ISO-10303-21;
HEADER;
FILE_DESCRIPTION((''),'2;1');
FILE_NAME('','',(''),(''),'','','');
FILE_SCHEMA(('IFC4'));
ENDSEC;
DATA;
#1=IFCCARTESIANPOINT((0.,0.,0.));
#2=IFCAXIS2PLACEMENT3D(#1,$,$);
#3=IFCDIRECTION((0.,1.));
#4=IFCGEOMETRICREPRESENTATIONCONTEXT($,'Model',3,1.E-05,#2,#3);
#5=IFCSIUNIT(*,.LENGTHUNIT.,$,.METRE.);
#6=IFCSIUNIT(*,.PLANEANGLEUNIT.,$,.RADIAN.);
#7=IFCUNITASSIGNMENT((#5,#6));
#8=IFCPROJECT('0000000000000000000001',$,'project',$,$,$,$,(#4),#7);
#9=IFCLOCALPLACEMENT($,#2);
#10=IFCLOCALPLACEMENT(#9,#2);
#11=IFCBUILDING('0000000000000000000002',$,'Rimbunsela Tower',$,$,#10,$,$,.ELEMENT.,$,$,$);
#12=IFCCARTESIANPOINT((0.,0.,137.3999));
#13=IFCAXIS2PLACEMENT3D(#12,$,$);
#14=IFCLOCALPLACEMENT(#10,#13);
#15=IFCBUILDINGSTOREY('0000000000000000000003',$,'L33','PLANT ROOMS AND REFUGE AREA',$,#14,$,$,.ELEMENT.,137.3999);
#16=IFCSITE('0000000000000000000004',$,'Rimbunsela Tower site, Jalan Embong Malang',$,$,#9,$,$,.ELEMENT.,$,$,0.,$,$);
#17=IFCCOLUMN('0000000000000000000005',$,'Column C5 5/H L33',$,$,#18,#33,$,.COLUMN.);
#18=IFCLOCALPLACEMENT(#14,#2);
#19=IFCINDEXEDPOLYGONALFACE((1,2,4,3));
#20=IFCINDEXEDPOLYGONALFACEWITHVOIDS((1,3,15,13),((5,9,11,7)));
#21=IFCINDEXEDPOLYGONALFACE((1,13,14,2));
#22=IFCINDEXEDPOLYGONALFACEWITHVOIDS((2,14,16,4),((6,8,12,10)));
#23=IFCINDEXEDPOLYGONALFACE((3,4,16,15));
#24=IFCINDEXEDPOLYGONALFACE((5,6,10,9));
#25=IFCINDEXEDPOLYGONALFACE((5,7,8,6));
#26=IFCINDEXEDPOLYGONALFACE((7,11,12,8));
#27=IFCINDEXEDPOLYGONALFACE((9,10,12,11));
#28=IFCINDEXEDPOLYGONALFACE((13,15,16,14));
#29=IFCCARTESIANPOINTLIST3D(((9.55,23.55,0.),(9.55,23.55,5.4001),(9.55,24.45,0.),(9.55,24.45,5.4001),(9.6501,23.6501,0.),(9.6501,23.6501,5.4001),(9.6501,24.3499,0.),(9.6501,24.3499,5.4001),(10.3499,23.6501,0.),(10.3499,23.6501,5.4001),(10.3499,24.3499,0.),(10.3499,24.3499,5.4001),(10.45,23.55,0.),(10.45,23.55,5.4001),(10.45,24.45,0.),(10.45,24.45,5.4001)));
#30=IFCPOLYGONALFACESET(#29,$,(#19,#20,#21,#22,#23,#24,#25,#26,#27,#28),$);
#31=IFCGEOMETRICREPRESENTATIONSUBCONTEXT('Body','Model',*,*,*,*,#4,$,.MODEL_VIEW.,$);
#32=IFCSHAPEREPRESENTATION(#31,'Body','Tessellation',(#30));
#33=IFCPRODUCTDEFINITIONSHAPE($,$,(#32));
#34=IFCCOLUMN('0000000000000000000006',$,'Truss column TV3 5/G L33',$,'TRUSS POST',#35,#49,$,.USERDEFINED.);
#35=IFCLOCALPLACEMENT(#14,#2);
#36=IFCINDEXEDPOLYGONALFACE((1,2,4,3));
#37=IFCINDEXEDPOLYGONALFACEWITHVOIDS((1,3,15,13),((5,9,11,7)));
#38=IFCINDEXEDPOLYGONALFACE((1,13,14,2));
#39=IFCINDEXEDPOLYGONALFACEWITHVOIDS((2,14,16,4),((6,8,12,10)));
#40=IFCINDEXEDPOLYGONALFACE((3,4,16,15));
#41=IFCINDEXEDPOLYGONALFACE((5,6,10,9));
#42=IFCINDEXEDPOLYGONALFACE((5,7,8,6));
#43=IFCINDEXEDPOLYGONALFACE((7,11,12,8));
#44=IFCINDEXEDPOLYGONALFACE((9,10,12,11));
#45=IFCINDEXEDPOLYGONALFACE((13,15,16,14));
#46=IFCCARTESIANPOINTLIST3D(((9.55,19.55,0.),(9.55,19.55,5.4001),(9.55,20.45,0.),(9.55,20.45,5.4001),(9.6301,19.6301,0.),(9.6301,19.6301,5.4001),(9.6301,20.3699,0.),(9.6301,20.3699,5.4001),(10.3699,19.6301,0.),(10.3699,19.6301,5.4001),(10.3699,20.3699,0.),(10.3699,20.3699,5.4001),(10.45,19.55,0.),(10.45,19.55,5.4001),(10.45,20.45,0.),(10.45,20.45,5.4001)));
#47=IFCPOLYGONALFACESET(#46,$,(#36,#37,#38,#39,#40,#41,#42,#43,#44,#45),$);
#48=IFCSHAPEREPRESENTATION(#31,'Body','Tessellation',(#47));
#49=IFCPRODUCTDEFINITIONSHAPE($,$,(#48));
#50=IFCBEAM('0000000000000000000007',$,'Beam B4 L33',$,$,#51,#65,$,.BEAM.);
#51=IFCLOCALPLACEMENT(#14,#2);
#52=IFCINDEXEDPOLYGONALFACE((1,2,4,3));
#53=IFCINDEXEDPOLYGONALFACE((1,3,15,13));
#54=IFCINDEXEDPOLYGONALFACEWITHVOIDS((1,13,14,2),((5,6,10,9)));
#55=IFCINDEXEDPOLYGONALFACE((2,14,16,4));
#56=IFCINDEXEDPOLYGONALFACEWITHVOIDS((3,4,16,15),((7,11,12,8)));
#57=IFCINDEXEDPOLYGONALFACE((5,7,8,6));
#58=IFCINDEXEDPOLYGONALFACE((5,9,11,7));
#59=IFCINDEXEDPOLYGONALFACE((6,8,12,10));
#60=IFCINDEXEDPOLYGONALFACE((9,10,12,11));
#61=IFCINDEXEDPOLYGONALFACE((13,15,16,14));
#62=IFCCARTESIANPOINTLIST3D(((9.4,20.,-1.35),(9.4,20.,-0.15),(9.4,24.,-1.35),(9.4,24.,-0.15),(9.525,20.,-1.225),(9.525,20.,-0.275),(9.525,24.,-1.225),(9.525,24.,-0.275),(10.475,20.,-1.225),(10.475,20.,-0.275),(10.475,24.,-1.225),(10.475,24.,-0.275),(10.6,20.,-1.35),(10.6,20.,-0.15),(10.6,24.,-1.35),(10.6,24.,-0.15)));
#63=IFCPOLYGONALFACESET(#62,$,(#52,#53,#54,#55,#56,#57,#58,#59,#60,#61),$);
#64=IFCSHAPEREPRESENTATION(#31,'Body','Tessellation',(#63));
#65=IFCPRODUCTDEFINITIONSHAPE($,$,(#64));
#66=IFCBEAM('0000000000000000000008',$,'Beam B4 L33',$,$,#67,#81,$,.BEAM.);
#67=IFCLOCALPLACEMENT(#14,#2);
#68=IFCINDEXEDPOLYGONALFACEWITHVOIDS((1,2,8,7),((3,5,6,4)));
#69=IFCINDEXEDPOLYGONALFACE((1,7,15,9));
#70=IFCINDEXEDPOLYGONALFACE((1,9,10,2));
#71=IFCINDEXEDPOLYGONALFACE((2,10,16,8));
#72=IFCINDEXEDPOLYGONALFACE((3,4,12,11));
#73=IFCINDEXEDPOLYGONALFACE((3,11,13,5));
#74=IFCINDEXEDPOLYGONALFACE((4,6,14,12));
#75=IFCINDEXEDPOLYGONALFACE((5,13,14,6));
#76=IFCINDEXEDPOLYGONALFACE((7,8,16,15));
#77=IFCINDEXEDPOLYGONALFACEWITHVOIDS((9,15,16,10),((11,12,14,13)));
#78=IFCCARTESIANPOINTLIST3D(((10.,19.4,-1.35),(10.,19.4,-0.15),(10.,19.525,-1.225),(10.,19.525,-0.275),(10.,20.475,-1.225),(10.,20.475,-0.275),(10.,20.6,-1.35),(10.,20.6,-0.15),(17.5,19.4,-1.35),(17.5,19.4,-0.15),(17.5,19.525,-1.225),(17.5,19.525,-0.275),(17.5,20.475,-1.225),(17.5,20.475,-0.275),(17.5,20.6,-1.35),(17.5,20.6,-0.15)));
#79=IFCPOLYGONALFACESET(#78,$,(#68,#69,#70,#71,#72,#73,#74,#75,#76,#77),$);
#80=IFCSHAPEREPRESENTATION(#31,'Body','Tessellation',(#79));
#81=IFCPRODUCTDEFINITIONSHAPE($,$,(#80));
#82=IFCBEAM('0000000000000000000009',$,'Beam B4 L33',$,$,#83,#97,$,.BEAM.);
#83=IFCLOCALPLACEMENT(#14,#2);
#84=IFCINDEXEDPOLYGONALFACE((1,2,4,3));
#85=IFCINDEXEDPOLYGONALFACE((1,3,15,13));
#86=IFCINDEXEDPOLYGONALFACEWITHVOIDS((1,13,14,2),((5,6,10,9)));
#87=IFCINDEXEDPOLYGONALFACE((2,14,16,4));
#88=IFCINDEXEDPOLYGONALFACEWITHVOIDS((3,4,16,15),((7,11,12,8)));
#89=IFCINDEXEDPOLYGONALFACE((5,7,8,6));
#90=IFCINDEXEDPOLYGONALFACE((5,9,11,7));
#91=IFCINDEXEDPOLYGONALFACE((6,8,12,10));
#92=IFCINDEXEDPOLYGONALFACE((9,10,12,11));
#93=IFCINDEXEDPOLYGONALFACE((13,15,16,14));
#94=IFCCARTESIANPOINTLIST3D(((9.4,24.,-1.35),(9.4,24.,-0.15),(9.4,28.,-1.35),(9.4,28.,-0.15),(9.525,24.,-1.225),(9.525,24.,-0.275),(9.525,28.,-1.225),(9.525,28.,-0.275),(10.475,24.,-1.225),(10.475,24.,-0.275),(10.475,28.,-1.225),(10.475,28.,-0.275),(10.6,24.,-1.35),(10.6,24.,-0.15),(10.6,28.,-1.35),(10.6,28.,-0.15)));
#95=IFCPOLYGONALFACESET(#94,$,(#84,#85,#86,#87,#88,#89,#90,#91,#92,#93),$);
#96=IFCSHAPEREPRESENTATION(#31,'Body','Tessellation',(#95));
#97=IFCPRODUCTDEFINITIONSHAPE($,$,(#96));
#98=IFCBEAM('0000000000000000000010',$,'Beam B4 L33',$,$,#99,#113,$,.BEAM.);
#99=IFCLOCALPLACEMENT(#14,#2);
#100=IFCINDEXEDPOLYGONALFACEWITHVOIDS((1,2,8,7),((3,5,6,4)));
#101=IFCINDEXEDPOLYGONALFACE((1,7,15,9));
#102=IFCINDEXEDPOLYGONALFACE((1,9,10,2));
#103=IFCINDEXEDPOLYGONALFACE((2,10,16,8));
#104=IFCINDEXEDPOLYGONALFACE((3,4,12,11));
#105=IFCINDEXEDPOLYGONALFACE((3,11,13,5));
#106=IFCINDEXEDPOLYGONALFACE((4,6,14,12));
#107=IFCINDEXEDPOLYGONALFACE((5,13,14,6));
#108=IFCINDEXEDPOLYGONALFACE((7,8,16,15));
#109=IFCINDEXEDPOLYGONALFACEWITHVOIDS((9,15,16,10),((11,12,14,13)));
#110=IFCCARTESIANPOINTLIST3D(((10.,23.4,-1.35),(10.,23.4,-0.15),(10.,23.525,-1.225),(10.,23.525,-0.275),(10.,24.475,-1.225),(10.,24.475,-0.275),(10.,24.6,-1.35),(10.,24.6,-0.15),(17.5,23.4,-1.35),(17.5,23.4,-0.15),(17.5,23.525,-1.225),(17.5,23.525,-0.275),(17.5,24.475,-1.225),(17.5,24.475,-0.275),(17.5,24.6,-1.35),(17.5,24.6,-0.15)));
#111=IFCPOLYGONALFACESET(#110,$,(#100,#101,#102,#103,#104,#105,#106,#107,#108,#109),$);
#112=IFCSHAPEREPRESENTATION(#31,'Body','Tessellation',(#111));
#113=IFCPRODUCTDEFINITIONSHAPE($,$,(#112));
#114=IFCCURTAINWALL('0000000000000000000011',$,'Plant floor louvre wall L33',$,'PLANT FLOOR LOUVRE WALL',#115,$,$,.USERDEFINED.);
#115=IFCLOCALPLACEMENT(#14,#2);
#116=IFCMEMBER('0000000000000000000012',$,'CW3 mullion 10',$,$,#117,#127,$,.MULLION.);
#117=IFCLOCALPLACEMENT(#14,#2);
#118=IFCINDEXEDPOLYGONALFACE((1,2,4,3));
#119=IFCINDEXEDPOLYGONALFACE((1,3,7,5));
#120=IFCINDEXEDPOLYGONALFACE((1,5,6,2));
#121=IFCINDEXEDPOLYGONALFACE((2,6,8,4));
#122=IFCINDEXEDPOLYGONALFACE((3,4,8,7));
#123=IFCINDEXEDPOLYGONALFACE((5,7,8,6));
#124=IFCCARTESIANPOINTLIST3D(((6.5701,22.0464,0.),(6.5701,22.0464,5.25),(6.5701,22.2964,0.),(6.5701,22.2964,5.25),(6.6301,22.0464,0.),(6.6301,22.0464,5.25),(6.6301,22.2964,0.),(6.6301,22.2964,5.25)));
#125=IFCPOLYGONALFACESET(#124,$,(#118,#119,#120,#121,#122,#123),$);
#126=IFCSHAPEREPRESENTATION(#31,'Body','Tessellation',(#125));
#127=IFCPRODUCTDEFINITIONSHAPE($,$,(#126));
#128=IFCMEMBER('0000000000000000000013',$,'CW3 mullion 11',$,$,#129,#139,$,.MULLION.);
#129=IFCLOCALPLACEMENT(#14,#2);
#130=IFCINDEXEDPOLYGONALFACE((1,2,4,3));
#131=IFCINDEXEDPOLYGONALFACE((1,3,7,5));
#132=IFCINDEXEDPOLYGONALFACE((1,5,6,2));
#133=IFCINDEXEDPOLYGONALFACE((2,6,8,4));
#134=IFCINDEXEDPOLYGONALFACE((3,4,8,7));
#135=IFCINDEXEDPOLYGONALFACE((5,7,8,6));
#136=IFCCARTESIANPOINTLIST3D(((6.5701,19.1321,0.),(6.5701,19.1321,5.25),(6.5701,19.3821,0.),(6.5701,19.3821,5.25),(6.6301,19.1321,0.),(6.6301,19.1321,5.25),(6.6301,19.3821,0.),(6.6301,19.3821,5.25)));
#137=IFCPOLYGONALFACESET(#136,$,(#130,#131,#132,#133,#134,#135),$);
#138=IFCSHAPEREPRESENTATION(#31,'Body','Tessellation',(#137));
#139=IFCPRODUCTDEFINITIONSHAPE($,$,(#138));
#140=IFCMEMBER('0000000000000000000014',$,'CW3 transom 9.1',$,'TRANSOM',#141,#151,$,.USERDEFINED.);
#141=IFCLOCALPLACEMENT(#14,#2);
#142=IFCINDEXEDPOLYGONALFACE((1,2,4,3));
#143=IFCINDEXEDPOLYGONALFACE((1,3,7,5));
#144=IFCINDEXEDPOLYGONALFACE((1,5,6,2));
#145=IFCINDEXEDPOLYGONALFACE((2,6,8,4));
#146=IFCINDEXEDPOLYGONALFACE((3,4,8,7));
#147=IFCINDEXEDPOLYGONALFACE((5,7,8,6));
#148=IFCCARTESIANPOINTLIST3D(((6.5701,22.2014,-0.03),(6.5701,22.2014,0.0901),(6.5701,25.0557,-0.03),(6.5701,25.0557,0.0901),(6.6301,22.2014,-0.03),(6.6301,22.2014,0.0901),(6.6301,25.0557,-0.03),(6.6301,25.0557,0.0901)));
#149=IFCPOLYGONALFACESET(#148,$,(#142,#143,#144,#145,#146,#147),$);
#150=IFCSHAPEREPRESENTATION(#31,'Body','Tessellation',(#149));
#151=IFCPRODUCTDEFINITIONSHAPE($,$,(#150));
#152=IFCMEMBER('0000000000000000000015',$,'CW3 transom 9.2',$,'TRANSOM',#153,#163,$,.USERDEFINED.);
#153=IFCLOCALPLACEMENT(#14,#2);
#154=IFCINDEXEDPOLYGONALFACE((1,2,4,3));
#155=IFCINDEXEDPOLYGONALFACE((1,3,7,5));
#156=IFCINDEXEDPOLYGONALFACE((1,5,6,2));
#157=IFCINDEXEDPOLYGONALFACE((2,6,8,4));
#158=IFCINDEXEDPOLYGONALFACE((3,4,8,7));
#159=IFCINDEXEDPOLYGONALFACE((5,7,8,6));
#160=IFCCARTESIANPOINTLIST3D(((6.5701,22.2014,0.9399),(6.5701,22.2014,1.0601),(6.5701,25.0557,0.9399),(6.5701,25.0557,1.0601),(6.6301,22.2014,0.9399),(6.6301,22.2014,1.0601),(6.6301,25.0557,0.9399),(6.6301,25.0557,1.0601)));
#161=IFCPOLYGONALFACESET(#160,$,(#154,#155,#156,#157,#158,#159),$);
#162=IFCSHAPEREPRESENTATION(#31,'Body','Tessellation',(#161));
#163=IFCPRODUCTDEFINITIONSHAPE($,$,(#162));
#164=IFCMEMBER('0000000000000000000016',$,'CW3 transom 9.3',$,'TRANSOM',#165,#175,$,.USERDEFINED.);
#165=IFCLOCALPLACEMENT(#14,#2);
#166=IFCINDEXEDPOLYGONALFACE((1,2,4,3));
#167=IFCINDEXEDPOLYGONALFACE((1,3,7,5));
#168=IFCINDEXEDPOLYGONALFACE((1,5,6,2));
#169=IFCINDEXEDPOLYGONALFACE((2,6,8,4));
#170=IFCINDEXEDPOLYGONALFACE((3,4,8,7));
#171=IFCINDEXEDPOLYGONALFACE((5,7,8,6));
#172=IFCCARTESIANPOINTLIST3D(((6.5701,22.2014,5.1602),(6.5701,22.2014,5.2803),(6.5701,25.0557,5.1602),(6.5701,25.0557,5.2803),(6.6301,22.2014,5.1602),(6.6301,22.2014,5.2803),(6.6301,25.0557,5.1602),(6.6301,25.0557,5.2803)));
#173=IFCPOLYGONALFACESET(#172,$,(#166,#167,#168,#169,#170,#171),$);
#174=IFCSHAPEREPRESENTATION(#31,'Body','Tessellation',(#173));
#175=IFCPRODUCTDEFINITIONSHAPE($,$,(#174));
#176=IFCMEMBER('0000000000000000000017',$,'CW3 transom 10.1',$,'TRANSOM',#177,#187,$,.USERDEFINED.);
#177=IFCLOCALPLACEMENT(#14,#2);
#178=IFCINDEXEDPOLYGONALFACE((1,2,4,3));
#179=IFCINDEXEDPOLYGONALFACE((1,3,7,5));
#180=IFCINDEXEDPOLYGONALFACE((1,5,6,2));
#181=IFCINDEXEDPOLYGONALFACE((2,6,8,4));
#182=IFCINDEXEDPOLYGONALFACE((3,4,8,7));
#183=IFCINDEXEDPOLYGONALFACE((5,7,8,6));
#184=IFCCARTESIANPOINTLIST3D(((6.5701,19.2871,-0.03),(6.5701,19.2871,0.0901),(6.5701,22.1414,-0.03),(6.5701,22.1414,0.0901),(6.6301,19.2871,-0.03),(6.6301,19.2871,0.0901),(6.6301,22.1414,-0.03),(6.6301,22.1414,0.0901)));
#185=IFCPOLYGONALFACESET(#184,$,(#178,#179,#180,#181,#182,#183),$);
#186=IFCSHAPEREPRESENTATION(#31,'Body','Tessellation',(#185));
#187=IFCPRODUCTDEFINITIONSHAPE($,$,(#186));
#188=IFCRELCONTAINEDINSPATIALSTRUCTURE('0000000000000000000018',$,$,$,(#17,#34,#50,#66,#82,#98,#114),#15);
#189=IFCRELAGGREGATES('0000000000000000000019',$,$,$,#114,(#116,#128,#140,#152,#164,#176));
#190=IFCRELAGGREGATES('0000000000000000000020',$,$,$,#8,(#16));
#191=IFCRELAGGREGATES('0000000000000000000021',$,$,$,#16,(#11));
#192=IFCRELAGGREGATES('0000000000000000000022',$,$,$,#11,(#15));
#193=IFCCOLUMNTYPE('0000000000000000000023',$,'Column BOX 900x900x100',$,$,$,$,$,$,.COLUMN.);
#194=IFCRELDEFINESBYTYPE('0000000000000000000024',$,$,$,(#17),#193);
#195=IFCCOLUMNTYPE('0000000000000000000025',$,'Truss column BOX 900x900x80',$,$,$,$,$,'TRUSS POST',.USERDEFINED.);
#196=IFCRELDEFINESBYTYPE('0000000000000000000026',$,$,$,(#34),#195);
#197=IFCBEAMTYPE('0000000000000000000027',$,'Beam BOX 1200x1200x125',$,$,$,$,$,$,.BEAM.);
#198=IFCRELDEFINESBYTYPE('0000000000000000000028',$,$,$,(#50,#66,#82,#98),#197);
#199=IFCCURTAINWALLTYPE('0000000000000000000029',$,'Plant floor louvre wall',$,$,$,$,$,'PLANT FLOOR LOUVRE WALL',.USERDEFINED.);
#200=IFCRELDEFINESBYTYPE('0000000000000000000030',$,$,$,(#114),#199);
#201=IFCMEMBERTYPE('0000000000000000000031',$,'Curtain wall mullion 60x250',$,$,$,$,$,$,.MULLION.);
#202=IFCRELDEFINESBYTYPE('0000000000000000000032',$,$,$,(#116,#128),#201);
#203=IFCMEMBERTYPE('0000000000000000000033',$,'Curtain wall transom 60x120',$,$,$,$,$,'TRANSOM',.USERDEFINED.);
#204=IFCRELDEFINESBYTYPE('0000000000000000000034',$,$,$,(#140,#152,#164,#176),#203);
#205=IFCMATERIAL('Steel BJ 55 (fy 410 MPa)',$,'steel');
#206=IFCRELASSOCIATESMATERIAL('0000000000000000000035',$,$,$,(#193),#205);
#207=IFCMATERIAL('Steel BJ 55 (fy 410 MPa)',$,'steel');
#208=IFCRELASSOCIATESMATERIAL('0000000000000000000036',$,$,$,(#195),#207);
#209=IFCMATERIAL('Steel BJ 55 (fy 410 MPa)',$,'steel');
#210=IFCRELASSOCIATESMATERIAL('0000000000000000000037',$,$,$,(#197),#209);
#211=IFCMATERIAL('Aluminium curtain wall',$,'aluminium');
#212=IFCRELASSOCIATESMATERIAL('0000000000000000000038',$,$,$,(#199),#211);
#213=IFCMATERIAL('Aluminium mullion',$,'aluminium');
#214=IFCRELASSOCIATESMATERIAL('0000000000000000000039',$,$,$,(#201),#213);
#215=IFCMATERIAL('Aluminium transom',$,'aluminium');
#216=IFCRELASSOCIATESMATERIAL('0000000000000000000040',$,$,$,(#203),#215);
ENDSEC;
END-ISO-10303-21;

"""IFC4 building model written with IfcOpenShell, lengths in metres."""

from ifc_helpers import new_model, si_unit, direction, frame, origin, origin_2d, place, context, subcontext, project, spatial, rectangle, hollow_rectangle, extrude, material, material_profile, profile_set, type_object, element, aggregate, save


model = new_model("IFC4")

# Units and contexts
model_context = context("Model", 3, precision=1e-05, world=origin(), true_north=direction((0.0, 1.0)))
body_context = subcontext(model_context, "Body", "Model", "MODEL_VIEW")
ifc_project = project(units=[si_unit("LENGTHUNIT", "METRE"), si_unit("PLANEANGLEUNIT", "RADIAN")], contexts=[model_context])

# Site, building, storey
site_placement = place(None, origin())
site = spatial("IfcSite", under=ifc_project, at=site_placement, Name="Rimbunsela Tower site, Jalan Embong Malang", CompositionType="ELEMENT", RefElevation=0.0)
building_placement = place(site_placement, origin())
building = spatial("IfcBuilding", under=site, at=building_placement, Name="Rimbunsela Tower", CompositionType="ELEMENT")
storey_placement = place(building_placement, frame((0.0, 0.0, 137.3999)))
storey = spatial("IfcBuildingStorey", under=building, at=storey_placement, Name="L33", Description="PLANT ROOMS AND REFUGE AREA", CompositionType="ELEMENT", Elevation=137.3999)

# Columns
ifc_material_1 = material(Name="Steel BJ 55 (fy 410 MPa)", Category="steel")
ifc_material_profile_1 = material_profile(ifc_material_1, hollow_rectangle(XDim=0.8999, YDim=0.8999, WallThickness=0.1001, at=origin_2d()), Name="BOX 900x900x100")
ifc_profile_set_1 = profile_set([ifc_material_profile_1], Name="Steel BJ 55 (fy 410 MPa)")
column_type_1 = type_object("IfcColumnType", Name="Column BOX 900x900x100", PredefinedType="COLUMN", material=ifc_profile_set_1)
column_1_placement = place(storey_placement, frame((10.0, 24.0, 0.0), z_axis=(0.0, 0.0, 1.0), x_axis=(1.0, 0.0, 0.0)))
element("IfcColumn", 1, at=column_1_placement, inside=storey, type_object=column_type_1, Name="Column C5 5/H L33", PredefinedType="COLUMN", context=body_context, shape_type="SweptSolid", body=[
    extrude(hollow_rectangle(XDim=0.8999, YDim=0.8999, WallThickness=0.1001, at=origin_2d()), origin(), (0.0, 0.0, 1.0), 5.4001),
])
ifc_material_2 = material(Name="Steel BJ 55 (fy 410 MPa)", Category="steel")
ifc_material_profile_2 = material_profile(ifc_material_2, hollow_rectangle(XDim=0.8999, YDim=0.8999, WallThickness=0.0801, at=origin_2d()), Name="BOX 900x900x80")
ifc_profile_set_2 = profile_set([ifc_material_profile_2], Name="Steel BJ 55 (fy 410 MPa)")
column_type_2 = type_object("IfcColumnType", Name="Truss column BOX 900x900x80", ElementType="TRUSS POST", PredefinedType="USERDEFINED", material=ifc_profile_set_2)
column_2_placement = place(storey_placement, frame((10.0, 20.0, 0.0), z_axis=(0.0, 0.0, 1.0), x_axis=(1.0, 0.0, 0.0)))
element("IfcColumn", 2, at=column_2_placement, inside=storey, type_object=column_type_2, Name="Truss column TV3 5/G L33", ObjectType="TRUSS POST", PredefinedType="USERDEFINED", context=body_context, shape_type="SweptSolid", body=[
    extrude(hollow_rectangle(XDim=0.8999, YDim=0.8999, WallThickness=0.0801, at=origin_2d()), origin(), (0.0, 0.0, 1.0), 5.4001),
])

# Beams
ifc_material_3 = material(Name="Steel BJ 55 (fy 410 MPa)", Category="steel")
ifc_material_profile_3 = material_profile(ifc_material_3, hollow_rectangle(XDim=1.2, YDim=1.2, WallThickness=0.125, at=origin_2d()), Name="BOX 1200x1200x125")
ifc_profile_set_3 = profile_set([ifc_material_profile_3], Name="Steel BJ 55 (fy 410 MPa)")
beam_type_1 = type_object("IfcBeamType", Name="Beam BOX 1200x1200x125", PredefinedType="BEAM", material=ifc_profile_set_3)
beam_1_placement = place(storey_placement, frame((10.0, 20.0, -0.75), z_axis=(0.0, 1.0, 0.0), x_axis=(-1.0, 0.0, 0.0)))
element("IfcBeam", 3, at=beam_1_placement, inside=storey, type_object=beam_type_1, Name="Beam B4 L33", PredefinedType="BEAM", context=body_context, shape_type="SweptSolid", body=[
    extrude(hollow_rectangle(XDim=1.2, YDim=1.2, WallThickness=0.125, at=origin_2d()), origin(), (0.0, 0.0, 1.0), 4.0),
])
beam_2_placement = place(storey_placement, frame((10.0, 20.0, -0.75), z_axis=(1.0, 0.0, 0.0), x_axis=(0.0, 1.0, 0.0)))
element("IfcBeam", 4, at=beam_2_placement, inside=storey, type_object=beam_type_1, Name="Beam B4 L33", PredefinedType="BEAM", context=body_context, shape_type="SweptSolid", body=[
    extrude(hollow_rectangle(XDim=1.2, YDim=1.2, WallThickness=0.125, at=origin_2d()), origin(), (0.0, 0.0, 1.0), 7.5),
])
beam_3_placement = place(storey_placement, frame((10.0, 24.0, -0.75), z_axis=(0.0, 1.0, 0.0), x_axis=(-1.0, 0.0, 0.0)))
element("IfcBeam", 5, at=beam_3_placement, inside=storey, type_object=beam_type_1, Name="Beam B4 L33", PredefinedType="BEAM", context=body_context, shape_type="SweptSolid", body=[
    extrude(hollow_rectangle(XDim=1.2, YDim=1.2, WallThickness=0.125, at=origin_2d()), origin(), (0.0, 0.0, 1.0), 4.0),
])
beam_4_placement = place(storey_placement, frame((10.0, 24.0, -0.75), z_axis=(1.0, 0.0, 0.0), x_axis=(0.0, 1.0, 0.0)))
element("IfcBeam", 6, at=beam_4_placement, inside=storey, type_object=beam_type_1, Name="Beam B4 L33", PredefinedType="BEAM", context=body_context, shape_type="SweptSolid", body=[
    extrude(hollow_rectangle(XDim=1.2, YDim=1.2, WallThickness=0.125, at=origin_2d()), origin(), (0.0, 0.0, 1.0), 7.5),
])

# Curtain wall, members
ifc_material_4 = material(Name="Aluminium curtain wall", Category="aluminium")
curtain_wall_type = type_object("IfcCurtainWallType", Name="Plant floor louvre wall", ElementType="PLANT FLOOR LOUVRE WALL", PredefinedType="USERDEFINED", material=ifc_material_4)
curtain_wall_placement = place(storey_placement, origin())
curtain_wall = element("IfcCurtainWall", 7, at=curtain_wall_placement, inside=storey, type_object=curtain_wall_type, Name="Plant floor louvre wall L33", ObjectType="PLANT FLOOR LOUVRE WALL", PredefinedType="USERDEFINED")
ifc_material_5 = material(Name="Aluminium mullion", Category="aluminium")
ifc_material_profile_4 = material_profile(ifc_material_5, rectangle(XDim=0.0601, YDim=0.25, at=origin_2d()), Name="Mullion 60x250")
ifc_profile_set_4 = profile_set([ifc_material_profile_4], Name="Aluminium mullion")
member_type_1 = type_object("IfcMemberType", Name="Curtain wall mullion 60x250", PredefinedType="MULLION", material=ifc_profile_set_4)
member_1_placement = place(storey_placement, frame((6.6001, 22.1714, 0.0), z_axis=(0.0, 0.0, 1.0), x_axis=(1.0, 0.0, 0.0)))
member_1 = element("IfcMember", 8, at=member_1_placement, type_object=member_type_1, Name="CW3 mullion 10", PredefinedType="MULLION", context=body_context, shape_type="SweptSolid", body=[
    extrude(rectangle(XDim=0.0601, YDim=0.25, at=origin_2d()), origin(), (0.0, 0.0, 1.0), 5.25),
])
member_2_placement = place(storey_placement, frame((6.6001, 19.2571, 0.0), z_axis=(0.0, 0.0, 1.0), x_axis=(1.0, 0.0, 0.0)))
member_2 = element("IfcMember", 9, at=member_2_placement, type_object=member_type_1, Name="CW3 mullion 11", PredefinedType="MULLION", context=body_context, shape_type="SweptSolid", body=[
    extrude(rectangle(XDim=0.0601, YDim=0.25, at=origin_2d()), origin(), (0.0, 0.0, 1.0), 5.25),
])
ifc_material_6 = material(Name="Aluminium transom", Category="aluminium")
ifc_material_profile_5 = material_profile(ifc_material_6, rectangle(XDim=0.0601, YDim=0.1201, at=origin_2d()), Name="Transom 60x120")
ifc_profile_set_5 = profile_set([ifc_material_profile_5], Name="Aluminium transom")
member_type_2 = type_object("IfcMemberType", Name="Curtain wall transom 60x120", ElementType="TRANSOM", PredefinedType="USERDEFINED", material=ifc_profile_set_5)
member_3_placement = place(storey_placement, frame((6.6001, 25.0557, 0.03), z_axis=(0.0, -1.0, 0.0), x_axis=(1.0, 0.0, 0.0)))
member_3 = element("IfcMember", 10, at=member_3_placement, type_object=member_type_2, Name="CW3 transom 9.1", ObjectType="TRANSOM", PredefinedType="USERDEFINED", context=body_context, shape_type="SweptSolid", body=[
    extrude(rectangle(XDim=0.0601, YDim=0.1201, at=origin_2d()), origin(), (0.0, 0.0, 1.0), 2.8542),
])
member_4_placement = place(storey_placement, frame((6.6001, 25.0557, 1.0), z_axis=(0.0, -1.0, 0.0), x_axis=(1.0, 0.0, 0.0)))
member_4 = element("IfcMember", 11, at=member_4_placement, type_object=member_type_2, Name="CW3 transom 9.2", ObjectType="TRANSOM", PredefinedType="USERDEFINED", context=body_context, shape_type="SweptSolid", body=[
    extrude(rectangle(XDim=0.0601, YDim=0.1201, at=origin_2d()), origin(), (0.0, 0.0, 1.0), 2.8542),
])
member_5_placement = place(storey_placement, frame((6.6001, 25.0557, 5.2202), z_axis=(0.0, -1.0, 0.0), x_axis=(1.0, 0.0, 0.0)))
member_5 = element("IfcMember", 12, at=member_5_placement, type_object=member_type_2, Name="CW3 transom 9.3", ObjectType="TRANSOM", PredefinedType="USERDEFINED", context=body_context, shape_type="SweptSolid", body=[
    extrude(rectangle(XDim=0.0601, YDim=0.1201, at=origin_2d()), origin(), (0.0, 0.0, 1.0), 2.8542),
])
member_6_placement = place(storey_placement, frame((6.6001, 22.1414, 0.03), z_axis=(0.0, -1.0, 0.0), x_axis=(1.0, 0.0, 0.0)))
member_6 = element("IfcMember", 13, at=member_6_placement, type_object=member_type_2, Name="CW3 transom 10.1", ObjectType="TRANSOM", PredefinedType="USERDEFINED", context=body_context, shape_type="SweptSolid", body=[
    extrude(rectangle(XDim=0.0601, YDim=0.1201, at=origin_2d()), origin(), (0.0, 0.0, 1.0), 2.8542),
])

aggregate(curtain_wall, [member_1, member_2, member_3, member_4, member_5, member_6])

save(model, "model.ifc")
